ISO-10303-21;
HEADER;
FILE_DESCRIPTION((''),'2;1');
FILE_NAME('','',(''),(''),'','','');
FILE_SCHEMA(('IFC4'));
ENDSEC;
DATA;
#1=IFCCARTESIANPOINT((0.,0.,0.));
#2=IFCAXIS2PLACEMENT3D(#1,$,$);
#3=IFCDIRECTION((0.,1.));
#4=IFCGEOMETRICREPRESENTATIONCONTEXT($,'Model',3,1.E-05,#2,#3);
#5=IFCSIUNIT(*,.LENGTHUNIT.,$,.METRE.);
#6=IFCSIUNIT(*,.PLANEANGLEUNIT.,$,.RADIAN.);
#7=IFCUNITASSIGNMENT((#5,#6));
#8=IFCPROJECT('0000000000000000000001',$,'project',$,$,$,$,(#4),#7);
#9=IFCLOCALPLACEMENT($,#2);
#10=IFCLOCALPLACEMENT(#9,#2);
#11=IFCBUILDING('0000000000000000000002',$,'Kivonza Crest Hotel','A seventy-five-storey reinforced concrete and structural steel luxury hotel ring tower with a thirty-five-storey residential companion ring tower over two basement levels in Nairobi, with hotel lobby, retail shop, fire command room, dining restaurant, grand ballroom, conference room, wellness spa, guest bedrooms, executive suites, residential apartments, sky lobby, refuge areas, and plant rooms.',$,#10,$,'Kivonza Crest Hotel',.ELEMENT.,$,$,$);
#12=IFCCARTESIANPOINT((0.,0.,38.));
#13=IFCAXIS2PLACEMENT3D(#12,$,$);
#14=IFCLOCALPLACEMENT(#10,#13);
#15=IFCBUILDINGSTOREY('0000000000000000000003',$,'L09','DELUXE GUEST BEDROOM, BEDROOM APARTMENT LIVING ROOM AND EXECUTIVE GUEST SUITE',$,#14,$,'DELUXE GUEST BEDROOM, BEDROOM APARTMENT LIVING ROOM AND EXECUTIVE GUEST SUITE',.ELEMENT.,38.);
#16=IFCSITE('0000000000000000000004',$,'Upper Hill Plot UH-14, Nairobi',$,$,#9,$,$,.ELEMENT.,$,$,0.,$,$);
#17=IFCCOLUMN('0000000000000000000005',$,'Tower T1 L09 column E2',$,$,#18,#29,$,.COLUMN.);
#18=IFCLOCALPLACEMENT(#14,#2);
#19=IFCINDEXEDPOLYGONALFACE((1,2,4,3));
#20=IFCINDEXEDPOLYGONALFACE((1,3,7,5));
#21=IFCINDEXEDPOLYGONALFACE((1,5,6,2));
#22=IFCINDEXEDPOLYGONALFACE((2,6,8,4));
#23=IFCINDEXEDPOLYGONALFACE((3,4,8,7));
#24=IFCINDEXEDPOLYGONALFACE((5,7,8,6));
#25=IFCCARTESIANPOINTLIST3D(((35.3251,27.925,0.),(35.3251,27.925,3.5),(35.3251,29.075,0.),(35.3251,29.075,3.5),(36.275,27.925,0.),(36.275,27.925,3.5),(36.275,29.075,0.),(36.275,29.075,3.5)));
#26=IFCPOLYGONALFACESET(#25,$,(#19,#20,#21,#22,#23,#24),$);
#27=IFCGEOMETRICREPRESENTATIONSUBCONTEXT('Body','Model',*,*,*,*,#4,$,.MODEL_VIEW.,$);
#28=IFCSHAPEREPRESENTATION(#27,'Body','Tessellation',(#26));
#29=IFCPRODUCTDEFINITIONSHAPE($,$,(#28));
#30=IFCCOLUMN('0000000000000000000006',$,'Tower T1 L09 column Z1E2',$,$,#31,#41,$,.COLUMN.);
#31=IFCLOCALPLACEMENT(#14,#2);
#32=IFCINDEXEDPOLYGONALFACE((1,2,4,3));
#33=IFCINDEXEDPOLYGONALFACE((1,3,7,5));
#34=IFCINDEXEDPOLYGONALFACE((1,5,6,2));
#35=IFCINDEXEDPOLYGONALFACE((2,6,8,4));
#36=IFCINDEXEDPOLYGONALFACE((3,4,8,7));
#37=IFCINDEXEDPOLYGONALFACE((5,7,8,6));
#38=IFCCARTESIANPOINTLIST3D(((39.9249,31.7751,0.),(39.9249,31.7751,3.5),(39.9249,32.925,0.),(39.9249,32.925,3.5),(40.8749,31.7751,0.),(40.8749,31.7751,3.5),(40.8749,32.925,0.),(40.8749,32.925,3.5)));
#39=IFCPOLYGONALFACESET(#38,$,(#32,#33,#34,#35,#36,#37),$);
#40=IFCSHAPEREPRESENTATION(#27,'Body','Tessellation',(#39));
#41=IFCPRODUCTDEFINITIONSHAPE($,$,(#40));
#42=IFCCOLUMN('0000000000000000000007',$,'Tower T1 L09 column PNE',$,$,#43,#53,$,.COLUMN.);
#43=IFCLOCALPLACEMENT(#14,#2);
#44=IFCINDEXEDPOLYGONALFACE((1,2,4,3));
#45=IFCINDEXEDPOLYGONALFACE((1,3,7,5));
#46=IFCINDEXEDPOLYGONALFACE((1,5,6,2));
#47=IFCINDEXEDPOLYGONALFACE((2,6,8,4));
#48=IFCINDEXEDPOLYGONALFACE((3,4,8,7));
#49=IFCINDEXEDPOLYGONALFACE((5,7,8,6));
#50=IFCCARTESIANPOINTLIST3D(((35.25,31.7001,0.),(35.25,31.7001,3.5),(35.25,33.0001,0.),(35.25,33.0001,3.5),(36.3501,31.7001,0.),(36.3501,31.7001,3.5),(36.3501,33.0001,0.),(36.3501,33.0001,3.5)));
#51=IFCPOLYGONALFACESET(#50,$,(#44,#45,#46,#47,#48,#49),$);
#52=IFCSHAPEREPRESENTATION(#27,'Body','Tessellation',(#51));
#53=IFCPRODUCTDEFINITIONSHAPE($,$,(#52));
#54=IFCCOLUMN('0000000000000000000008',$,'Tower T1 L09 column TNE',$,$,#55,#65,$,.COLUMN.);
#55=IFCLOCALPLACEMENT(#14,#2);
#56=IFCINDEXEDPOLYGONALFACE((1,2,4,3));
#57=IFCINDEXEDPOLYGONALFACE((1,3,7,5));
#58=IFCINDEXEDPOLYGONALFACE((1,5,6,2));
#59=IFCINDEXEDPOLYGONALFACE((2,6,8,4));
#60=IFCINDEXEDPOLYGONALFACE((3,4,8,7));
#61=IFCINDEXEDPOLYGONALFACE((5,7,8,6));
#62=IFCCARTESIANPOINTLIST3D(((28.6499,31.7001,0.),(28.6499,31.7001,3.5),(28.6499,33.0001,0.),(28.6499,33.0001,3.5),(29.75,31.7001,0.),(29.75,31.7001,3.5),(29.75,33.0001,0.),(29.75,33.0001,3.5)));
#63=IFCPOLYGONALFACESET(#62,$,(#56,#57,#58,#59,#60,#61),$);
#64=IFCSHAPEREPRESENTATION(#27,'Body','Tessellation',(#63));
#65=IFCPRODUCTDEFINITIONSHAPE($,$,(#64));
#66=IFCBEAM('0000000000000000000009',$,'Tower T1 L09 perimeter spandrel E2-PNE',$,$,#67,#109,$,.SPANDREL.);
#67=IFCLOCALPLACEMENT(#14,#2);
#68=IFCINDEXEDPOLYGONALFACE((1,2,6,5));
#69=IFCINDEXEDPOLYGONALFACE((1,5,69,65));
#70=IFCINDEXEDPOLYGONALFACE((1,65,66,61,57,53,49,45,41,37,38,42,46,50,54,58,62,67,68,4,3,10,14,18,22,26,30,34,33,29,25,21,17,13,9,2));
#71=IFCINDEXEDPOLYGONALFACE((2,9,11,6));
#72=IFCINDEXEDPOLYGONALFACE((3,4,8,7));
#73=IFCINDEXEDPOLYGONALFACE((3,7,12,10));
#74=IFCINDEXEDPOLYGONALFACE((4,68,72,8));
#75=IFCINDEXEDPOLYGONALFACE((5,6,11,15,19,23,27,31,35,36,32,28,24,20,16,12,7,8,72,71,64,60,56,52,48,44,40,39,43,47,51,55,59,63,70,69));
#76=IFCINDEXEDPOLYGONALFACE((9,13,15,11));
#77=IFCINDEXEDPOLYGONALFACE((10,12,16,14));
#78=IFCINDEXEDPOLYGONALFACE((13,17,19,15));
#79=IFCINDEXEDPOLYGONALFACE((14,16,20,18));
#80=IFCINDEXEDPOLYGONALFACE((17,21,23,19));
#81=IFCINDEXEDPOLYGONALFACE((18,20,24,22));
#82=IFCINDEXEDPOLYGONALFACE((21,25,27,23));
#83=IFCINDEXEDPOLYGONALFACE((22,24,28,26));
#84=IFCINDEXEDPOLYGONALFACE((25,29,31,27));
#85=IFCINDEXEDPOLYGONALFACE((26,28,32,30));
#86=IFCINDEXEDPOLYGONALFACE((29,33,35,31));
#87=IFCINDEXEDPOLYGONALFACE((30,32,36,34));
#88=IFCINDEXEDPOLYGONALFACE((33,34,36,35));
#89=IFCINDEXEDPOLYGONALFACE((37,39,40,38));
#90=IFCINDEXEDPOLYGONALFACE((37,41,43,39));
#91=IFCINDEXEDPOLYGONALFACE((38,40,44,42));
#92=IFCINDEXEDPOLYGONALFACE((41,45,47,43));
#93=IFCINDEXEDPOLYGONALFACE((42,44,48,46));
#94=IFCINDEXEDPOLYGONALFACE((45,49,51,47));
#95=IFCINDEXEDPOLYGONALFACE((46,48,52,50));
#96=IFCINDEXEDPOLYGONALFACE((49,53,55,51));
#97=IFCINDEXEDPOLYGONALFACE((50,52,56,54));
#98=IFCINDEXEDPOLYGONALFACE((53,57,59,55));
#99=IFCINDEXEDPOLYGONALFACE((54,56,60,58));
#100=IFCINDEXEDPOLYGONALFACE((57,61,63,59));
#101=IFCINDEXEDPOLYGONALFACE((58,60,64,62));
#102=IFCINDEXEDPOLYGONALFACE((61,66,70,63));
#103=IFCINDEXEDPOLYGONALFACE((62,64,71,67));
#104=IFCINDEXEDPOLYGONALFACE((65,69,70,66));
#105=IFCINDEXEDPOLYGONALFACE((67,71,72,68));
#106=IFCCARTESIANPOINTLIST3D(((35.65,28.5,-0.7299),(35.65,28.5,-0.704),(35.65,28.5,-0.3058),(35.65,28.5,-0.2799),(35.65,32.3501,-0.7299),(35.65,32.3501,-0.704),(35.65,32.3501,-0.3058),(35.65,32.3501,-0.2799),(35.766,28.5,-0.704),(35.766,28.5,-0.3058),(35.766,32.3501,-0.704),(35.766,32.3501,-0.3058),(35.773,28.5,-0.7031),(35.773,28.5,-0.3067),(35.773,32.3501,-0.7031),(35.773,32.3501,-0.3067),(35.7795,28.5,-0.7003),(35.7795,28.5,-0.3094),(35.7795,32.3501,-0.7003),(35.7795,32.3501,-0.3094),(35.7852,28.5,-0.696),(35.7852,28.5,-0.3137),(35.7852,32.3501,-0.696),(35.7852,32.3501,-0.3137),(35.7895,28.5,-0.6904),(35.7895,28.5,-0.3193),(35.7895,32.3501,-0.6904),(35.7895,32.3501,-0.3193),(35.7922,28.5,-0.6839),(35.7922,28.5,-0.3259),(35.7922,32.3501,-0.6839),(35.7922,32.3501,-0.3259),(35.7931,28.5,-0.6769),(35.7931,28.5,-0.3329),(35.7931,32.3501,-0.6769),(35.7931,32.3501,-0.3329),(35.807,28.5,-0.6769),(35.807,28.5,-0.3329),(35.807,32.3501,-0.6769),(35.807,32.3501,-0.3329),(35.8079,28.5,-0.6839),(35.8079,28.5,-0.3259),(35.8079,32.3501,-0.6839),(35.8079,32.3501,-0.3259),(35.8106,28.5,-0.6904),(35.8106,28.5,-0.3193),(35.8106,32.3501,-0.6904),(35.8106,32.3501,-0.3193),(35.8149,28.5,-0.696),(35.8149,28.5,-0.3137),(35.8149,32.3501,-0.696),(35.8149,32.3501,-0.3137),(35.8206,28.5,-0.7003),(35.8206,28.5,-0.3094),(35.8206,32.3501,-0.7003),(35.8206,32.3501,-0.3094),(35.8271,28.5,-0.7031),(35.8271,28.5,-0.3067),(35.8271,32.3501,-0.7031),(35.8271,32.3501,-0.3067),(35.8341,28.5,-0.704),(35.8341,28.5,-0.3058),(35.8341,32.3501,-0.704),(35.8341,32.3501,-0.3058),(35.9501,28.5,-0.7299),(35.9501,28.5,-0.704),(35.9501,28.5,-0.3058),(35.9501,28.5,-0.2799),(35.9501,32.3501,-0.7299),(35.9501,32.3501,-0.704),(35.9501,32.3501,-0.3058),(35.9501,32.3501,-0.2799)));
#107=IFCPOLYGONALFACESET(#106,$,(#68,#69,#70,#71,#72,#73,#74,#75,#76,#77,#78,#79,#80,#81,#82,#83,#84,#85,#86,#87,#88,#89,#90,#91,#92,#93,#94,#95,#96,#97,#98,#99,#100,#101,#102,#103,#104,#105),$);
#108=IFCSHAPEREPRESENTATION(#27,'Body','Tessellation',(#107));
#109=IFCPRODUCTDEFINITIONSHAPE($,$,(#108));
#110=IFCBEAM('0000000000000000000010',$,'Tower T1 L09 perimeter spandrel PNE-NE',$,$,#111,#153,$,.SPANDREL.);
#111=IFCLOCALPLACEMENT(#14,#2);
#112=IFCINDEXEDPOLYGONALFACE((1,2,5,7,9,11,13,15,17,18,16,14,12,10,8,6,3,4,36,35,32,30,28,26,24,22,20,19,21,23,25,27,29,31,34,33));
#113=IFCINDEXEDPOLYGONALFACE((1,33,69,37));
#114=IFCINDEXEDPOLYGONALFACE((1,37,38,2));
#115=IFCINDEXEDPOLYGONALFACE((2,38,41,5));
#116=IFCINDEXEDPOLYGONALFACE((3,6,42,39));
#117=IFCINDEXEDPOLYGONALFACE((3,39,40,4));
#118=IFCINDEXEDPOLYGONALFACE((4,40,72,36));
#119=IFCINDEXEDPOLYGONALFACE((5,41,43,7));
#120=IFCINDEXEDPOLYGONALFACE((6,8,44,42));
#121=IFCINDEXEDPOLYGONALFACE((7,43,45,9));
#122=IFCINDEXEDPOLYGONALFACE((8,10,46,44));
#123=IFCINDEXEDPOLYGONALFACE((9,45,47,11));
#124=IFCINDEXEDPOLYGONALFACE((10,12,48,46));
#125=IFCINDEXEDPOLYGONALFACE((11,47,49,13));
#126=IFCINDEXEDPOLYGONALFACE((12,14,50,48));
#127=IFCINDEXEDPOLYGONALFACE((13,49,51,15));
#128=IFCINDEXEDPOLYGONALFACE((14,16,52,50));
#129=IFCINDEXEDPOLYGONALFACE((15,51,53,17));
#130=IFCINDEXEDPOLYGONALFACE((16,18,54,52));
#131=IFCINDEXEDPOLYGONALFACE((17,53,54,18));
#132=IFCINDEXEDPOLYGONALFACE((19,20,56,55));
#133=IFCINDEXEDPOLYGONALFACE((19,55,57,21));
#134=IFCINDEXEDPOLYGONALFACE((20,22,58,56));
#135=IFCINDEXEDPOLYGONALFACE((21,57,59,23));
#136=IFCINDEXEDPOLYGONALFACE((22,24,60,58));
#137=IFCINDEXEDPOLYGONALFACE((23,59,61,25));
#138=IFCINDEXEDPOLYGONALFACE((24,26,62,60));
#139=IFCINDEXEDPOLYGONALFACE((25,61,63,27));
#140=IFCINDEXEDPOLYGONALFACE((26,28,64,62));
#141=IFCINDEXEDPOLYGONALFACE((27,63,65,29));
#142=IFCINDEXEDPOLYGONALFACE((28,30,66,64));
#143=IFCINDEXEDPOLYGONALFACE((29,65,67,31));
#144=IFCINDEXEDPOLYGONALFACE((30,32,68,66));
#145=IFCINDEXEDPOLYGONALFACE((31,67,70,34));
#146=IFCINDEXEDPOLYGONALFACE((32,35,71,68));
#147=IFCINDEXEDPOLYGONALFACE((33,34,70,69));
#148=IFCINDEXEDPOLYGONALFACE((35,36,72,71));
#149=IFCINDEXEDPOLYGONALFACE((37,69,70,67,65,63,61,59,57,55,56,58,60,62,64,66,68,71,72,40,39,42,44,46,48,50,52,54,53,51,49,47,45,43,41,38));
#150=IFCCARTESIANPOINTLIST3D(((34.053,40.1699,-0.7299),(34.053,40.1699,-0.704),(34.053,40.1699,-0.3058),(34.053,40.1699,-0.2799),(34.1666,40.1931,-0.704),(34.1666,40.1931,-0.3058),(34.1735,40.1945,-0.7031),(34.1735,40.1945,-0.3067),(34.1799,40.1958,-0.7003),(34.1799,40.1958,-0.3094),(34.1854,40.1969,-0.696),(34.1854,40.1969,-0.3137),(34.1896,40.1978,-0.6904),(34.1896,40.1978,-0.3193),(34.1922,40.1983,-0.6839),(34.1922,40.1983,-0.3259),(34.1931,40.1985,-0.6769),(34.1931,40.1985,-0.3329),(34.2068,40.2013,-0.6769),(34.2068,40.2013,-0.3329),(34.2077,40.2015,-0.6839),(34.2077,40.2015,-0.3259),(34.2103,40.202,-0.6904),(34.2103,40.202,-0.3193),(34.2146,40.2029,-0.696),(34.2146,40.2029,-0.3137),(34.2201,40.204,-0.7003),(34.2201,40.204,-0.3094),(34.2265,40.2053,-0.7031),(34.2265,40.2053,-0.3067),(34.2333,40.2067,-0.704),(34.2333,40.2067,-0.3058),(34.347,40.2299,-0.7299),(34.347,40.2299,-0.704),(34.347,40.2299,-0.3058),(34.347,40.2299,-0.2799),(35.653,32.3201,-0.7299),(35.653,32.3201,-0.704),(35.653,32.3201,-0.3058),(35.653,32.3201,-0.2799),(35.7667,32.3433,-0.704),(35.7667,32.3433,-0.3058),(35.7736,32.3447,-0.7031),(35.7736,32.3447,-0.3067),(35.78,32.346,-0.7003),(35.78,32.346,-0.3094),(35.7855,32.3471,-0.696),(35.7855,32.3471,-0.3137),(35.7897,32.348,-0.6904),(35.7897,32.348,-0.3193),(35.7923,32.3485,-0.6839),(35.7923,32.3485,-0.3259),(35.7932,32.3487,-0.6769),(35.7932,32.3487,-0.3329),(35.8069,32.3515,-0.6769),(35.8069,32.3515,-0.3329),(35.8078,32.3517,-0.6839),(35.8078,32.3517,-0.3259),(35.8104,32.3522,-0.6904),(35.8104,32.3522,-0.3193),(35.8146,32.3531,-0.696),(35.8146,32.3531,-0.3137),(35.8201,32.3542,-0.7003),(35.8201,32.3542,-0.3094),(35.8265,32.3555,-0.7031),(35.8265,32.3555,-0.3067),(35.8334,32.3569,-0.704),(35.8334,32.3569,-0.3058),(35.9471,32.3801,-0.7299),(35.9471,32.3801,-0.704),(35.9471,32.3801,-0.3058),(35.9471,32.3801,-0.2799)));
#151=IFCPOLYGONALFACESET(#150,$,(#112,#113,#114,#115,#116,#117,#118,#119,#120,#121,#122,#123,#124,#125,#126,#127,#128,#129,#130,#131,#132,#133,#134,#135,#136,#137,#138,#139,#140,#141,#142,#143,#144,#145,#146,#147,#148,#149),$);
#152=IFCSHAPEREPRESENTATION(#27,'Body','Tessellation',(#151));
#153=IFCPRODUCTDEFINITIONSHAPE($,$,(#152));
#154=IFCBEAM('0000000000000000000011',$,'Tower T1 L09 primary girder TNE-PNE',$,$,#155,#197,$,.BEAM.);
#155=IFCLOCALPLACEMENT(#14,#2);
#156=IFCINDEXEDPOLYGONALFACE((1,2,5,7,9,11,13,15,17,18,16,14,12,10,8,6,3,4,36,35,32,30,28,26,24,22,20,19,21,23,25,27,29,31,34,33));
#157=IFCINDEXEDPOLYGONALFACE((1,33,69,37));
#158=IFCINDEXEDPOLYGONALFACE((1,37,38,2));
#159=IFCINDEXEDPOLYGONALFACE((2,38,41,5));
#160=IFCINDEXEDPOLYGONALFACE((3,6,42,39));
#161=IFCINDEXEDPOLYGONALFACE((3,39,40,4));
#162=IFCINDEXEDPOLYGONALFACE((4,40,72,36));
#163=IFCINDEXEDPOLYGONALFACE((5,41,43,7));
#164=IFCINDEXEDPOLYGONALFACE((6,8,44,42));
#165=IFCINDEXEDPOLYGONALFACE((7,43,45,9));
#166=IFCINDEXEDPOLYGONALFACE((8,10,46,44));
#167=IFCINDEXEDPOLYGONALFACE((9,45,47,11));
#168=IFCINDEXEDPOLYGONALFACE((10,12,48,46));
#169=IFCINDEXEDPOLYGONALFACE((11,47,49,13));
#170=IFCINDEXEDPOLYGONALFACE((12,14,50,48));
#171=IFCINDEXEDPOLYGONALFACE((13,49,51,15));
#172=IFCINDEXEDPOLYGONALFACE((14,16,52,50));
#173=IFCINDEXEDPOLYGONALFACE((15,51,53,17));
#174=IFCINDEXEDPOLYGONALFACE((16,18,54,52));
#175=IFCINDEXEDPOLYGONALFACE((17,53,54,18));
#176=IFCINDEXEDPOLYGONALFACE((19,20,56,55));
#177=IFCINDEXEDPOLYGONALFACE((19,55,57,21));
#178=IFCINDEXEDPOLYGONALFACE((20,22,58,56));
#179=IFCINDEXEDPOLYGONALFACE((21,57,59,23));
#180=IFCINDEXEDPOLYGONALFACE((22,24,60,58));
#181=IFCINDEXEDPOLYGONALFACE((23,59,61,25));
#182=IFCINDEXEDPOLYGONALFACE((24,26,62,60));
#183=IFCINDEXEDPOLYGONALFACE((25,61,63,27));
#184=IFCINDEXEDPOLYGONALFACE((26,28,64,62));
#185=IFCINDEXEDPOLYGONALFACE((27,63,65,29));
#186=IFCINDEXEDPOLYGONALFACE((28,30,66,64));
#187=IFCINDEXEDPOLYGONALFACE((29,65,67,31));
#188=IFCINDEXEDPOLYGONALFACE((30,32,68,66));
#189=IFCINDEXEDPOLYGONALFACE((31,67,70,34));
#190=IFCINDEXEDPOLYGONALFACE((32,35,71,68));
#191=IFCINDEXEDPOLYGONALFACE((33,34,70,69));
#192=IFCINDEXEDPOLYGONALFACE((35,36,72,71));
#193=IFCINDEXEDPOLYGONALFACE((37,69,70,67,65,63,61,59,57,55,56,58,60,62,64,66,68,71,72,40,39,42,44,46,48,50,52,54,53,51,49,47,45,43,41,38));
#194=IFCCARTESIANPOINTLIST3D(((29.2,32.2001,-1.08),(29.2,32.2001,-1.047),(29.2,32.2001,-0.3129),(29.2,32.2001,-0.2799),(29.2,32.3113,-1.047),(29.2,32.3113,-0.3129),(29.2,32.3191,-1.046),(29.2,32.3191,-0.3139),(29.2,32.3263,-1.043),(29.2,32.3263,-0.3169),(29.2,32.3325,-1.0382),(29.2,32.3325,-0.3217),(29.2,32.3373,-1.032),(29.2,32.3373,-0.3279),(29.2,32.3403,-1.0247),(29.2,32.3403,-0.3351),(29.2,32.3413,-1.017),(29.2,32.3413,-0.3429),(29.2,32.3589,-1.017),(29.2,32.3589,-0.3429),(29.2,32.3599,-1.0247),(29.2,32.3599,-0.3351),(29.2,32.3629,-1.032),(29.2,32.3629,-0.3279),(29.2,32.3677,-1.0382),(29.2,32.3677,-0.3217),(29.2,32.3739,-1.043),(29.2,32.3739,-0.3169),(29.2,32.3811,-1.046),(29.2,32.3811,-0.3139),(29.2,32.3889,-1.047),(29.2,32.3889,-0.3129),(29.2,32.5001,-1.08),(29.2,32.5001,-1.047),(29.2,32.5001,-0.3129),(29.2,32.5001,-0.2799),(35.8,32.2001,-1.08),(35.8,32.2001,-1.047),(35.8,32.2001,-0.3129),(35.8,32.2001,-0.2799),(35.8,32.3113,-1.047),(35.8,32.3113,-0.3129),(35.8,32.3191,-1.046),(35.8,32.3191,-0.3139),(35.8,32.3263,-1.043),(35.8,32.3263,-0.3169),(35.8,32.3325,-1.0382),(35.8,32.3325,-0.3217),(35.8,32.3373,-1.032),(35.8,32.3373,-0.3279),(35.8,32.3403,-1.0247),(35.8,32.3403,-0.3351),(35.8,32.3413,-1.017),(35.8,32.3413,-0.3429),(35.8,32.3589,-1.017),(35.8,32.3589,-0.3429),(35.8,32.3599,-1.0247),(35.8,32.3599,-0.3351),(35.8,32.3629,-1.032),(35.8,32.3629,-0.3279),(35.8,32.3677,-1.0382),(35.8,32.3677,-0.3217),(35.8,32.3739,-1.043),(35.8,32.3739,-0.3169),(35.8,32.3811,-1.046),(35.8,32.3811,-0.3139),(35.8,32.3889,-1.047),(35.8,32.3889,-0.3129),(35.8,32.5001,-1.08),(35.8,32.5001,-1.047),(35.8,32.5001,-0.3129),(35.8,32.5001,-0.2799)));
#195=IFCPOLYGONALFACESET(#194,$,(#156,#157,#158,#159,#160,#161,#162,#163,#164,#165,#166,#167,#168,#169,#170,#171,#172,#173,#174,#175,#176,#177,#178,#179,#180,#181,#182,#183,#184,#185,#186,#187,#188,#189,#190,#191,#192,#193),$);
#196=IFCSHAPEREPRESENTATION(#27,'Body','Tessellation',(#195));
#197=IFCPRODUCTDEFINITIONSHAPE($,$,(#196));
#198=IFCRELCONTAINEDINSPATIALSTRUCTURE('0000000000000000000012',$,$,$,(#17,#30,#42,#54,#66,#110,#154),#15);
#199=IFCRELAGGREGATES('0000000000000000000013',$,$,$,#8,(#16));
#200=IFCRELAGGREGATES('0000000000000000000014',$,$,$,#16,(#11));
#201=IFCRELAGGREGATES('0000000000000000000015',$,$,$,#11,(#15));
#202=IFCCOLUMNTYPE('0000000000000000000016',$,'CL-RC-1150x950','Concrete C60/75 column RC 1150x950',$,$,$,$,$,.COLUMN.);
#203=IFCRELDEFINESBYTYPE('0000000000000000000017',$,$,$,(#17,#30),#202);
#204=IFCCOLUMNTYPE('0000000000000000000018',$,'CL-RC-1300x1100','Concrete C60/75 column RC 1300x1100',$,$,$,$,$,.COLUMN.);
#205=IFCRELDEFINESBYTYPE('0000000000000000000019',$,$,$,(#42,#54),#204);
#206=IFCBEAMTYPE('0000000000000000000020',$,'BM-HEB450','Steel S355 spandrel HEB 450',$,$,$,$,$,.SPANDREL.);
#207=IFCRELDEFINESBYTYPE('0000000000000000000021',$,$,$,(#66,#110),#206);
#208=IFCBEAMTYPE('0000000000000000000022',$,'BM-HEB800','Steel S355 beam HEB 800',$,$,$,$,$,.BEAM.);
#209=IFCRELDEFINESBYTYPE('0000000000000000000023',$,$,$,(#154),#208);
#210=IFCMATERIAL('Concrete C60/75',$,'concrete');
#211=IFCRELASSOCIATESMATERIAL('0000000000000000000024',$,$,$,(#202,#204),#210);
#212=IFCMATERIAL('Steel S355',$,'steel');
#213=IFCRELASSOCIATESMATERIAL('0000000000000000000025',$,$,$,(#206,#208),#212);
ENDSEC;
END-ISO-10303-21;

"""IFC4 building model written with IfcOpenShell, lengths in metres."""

from ifc_helpers import new_model, si_unit, direction, frame, origin, origin_2d, place, context, subcontext, project, spatial, rectangle, i_section, extrude, material, material_profile, profile_set, type_object, element, save


model = new_model("IFC4")

# Units and contexts
model_context = context("Model", 3, precision=1e-05, world=origin(), true_north=direction((0.0, 1.0)))
body_context = subcontext(model_context, "Body", "Model", "MODEL_VIEW")
ifc_project = project(units=[si_unit("LENGTHUNIT", "METRE"), si_unit("PLANEANGLEUNIT", "RADIAN")], contexts=[model_context])

# Site, building, storey
site_placement = place(None, origin())
site = spatial("IfcSite", under=ifc_project, at=site_placement, Name="Upper Hill Plot UH-14, Nairobi", CompositionType="ELEMENT", RefElevation=0.0)
building_placement = place(site_placement, origin())
building = spatial("IfcBuilding", under=site, at=building_placement, Name="Kivonza Crest Hotel", Description="A seventy-five-storey reinforced concrete and structural steel luxury hotel ring tower with a thirty-five-storey residential companion ring tower over two basement levels in Nairobi, with hotel lobby, retail shop, fire command room, dining restaurant, grand ballroom, conference room, wellness spa, guest bedrooms, executive suites, residential apartments, sky lobby, refuge areas, and plant rooms.", LongName="Kivonza Crest Hotel", CompositionType="ELEMENT")
storey_placement = place(building_placement, frame((0.0, 0.0, 38.0)))
storey = spatial("IfcBuildingStorey", under=building, at=storey_placement, Name="L09", Description="DELUXE GUEST BEDROOM, BEDROOM APARTMENT LIVING ROOM AND EXECUTIVE GUEST SUITE", LongName="DELUXE GUEST BEDROOM, BEDROOM APARTMENT LIVING ROOM AND EXECUTIVE GUEST SUITE", CompositionType="ELEMENT", Elevation=38.0)

# Columns
ifc_material_1 = material(Name="Concrete C60/75", Category="concrete")
ifc_material_profile_1 = material_profile(ifc_material_1, rectangle(XDim=0.95, YDim=1.1499, at=origin_2d()), Name="RC 1150x950")
ifc_profile_set_1 = profile_set([ifc_material_profile_1], Name="Concrete C60/75")
column_type_1 = type_object("IfcColumnType", Name="CL-RC-1150x950", Description="Concrete C60/75 column RC 1150x950", PredefinedType="COLUMN", material=ifc_profile_set_1)
for number, where, z_axis, x_axis, name in (
    (1, (35.8, 28.5, 0.0), (0.0, 0.0, 1.0), (1.0, 0.0, 0.0), "Tower T1 L09 column E2"),
    (2, (40.3999, 32.3501, 0.0), (0.0, 0.0, 1.0), (1.0, 0.0, 0.0), "Tower T1 L09 column Z1E2"),
):
    element("IfcColumn", number, at=place(storey_placement, frame(where, z_axis=z_axis, x_axis=x_axis)), inside=storey, type_object=column_type_1, Name=name, PredefinedType="COLUMN", context=body_context, shape_type="SweptSolid", body=[
        extrude(rectangle(XDim=0.95, YDim=1.1499, at=origin_2d()), origin(), (0.0, 0.0, 1.0), 3.5),
    ])
ifc_material_profile_2 = material_profile(ifc_material_1, rectangle(XDim=1.1001, YDim=1.3, at=origin_2d()), Name="RC 1300x1100")
ifc_profile_set_2 = profile_set([ifc_material_profile_2], Name="Concrete C60/75")
column_type_2 = type_object("IfcColumnType", Name="CL-RC-1300x1100", Description="Concrete C60/75 column RC 1300x1100", PredefinedType="COLUMN", material=ifc_profile_set_2)
for number, where, z_axis, x_axis, name in (
    (3, (35.8, 32.3501, 0.0), (0.0, 0.0, 1.0), (1.0, 0.0, 0.0), "Tower T1 L09 column PNE"),
    (4, (29.2, 32.3501, 0.0), (0.0, 0.0, 1.0), (1.0, 0.0, 0.0), "Tower T1 L09 column TNE"),
):
    element("IfcColumn", number, at=place(storey_placement, frame(where, z_axis=z_axis, x_axis=x_axis)), inside=storey, type_object=column_type_2, Name=name, PredefinedType="COLUMN", context=body_context, shape_type="SweptSolid", body=[
        extrude(rectangle(XDim=1.1001, YDim=1.3, at=origin_2d()), origin(), (0.0, 0.0, 1.0), 3.5),
    ])

# Beams
ifc_material_2 = material(Name="Steel S355", Category="steel")
ifc_material_profile_3 = material_profile(ifc_material_2, i_section(OverallWidth=0.3, OverallDepth=0.45, WebThickness=0.0139, FlangeThickness=0.0259, FilletRadius=0.0271, at=origin_2d()), Name="HEB 450")
ifc_profile_set_3 = profile_set([ifc_material_profile_3], Name="Steel S355")
beam_type_1 = type_object("IfcBeamType", Name="BM-HEB450", Description="Steel S355 spandrel HEB 450", PredefinedType="SPANDREL", material=ifc_profile_set_3)
beam_1_placement = place(storey_placement, frame((35.8, 28.5, -0.5049), z_axis=(0.0, 1.0, 0.0), x_axis=(-1.0, 0.0, 0.0)))
element("IfcBeam", 5, at=beam_1_placement, inside=storey, type_object=beam_type_1, Name="Tower T1 L09 perimeter spandrel E2-PNE", PredefinedType="SPANDREL", context=body_context, shape_type="SweptSolid", body=[
    extrude(i_section(OverallWidth=0.3, OverallDepth=0.45, WebThickness=0.0139, FlangeThickness=0.0259, FilletRadius=0.0271, at=origin_2d()), origin(), (0.0, 0.0, 1.0), 3.8501),
])
beam_2_placement = place(storey_placement, frame((35.8, 32.3501, -0.5049), z_axis=(-0.199731, 0.979851, 0.0), x_axis=(-0.979851, -0.199731, 0.0)))
element("IfcBeam", 6, at=beam_2_placement, inside=storey, type_object=beam_type_1, Name="Tower T1 L09 perimeter spandrel PNE-NE", PredefinedType="SPANDREL", context=body_context, shape_type="SweptSolid", body=[
    extrude(i_section(OverallWidth=0.3, OverallDepth=0.45, WebThickness=0.0139, FlangeThickness=0.0259, FilletRadius=0.0271, at=origin_2d()), origin(), (0.0, 0.0, 1.0), 8.0112),
])
ifc_material_profile_4 = material_profile(ifc_material_2, i_section(OverallWidth=0.3, OverallDepth=0.8, WebThickness=0.0176, FlangeThickness=0.033, FilletRadius=0.03, at=origin_2d()), Name="HEB 800")
ifc_profile_set_4 = profile_set([ifc_material_profile_4], Name="Steel S355")
beam_type_2 = type_object("IfcBeamType", Name="BM-HEB800", Description="Steel S355 beam HEB 800", PredefinedType="BEAM", material=ifc_profile_set_4)
beam_3_placement = place(storey_placement, frame((29.2, 32.3501, -0.6799), z_axis=(1.0, 0.0, 0.0), x_axis=(0.0, 1.0, 0.0)))
element("IfcBeam", 7, at=beam_3_placement, inside=storey, type_object=beam_type_2, Name="Tower T1 L09 primary girder TNE-PNE", PredefinedType="BEAM", context=body_context, shape_type="SweptSolid", body=[
    extrude(i_section(OverallWidth=0.3, OverallDepth=0.8, WebThickness=0.0176, FlangeThickness=0.033, FilletRadius=0.03, at=origin_2d()), origin(), (0.0, 0.0, 1.0), 6.6001),
])

save(model, "model.ifc")
